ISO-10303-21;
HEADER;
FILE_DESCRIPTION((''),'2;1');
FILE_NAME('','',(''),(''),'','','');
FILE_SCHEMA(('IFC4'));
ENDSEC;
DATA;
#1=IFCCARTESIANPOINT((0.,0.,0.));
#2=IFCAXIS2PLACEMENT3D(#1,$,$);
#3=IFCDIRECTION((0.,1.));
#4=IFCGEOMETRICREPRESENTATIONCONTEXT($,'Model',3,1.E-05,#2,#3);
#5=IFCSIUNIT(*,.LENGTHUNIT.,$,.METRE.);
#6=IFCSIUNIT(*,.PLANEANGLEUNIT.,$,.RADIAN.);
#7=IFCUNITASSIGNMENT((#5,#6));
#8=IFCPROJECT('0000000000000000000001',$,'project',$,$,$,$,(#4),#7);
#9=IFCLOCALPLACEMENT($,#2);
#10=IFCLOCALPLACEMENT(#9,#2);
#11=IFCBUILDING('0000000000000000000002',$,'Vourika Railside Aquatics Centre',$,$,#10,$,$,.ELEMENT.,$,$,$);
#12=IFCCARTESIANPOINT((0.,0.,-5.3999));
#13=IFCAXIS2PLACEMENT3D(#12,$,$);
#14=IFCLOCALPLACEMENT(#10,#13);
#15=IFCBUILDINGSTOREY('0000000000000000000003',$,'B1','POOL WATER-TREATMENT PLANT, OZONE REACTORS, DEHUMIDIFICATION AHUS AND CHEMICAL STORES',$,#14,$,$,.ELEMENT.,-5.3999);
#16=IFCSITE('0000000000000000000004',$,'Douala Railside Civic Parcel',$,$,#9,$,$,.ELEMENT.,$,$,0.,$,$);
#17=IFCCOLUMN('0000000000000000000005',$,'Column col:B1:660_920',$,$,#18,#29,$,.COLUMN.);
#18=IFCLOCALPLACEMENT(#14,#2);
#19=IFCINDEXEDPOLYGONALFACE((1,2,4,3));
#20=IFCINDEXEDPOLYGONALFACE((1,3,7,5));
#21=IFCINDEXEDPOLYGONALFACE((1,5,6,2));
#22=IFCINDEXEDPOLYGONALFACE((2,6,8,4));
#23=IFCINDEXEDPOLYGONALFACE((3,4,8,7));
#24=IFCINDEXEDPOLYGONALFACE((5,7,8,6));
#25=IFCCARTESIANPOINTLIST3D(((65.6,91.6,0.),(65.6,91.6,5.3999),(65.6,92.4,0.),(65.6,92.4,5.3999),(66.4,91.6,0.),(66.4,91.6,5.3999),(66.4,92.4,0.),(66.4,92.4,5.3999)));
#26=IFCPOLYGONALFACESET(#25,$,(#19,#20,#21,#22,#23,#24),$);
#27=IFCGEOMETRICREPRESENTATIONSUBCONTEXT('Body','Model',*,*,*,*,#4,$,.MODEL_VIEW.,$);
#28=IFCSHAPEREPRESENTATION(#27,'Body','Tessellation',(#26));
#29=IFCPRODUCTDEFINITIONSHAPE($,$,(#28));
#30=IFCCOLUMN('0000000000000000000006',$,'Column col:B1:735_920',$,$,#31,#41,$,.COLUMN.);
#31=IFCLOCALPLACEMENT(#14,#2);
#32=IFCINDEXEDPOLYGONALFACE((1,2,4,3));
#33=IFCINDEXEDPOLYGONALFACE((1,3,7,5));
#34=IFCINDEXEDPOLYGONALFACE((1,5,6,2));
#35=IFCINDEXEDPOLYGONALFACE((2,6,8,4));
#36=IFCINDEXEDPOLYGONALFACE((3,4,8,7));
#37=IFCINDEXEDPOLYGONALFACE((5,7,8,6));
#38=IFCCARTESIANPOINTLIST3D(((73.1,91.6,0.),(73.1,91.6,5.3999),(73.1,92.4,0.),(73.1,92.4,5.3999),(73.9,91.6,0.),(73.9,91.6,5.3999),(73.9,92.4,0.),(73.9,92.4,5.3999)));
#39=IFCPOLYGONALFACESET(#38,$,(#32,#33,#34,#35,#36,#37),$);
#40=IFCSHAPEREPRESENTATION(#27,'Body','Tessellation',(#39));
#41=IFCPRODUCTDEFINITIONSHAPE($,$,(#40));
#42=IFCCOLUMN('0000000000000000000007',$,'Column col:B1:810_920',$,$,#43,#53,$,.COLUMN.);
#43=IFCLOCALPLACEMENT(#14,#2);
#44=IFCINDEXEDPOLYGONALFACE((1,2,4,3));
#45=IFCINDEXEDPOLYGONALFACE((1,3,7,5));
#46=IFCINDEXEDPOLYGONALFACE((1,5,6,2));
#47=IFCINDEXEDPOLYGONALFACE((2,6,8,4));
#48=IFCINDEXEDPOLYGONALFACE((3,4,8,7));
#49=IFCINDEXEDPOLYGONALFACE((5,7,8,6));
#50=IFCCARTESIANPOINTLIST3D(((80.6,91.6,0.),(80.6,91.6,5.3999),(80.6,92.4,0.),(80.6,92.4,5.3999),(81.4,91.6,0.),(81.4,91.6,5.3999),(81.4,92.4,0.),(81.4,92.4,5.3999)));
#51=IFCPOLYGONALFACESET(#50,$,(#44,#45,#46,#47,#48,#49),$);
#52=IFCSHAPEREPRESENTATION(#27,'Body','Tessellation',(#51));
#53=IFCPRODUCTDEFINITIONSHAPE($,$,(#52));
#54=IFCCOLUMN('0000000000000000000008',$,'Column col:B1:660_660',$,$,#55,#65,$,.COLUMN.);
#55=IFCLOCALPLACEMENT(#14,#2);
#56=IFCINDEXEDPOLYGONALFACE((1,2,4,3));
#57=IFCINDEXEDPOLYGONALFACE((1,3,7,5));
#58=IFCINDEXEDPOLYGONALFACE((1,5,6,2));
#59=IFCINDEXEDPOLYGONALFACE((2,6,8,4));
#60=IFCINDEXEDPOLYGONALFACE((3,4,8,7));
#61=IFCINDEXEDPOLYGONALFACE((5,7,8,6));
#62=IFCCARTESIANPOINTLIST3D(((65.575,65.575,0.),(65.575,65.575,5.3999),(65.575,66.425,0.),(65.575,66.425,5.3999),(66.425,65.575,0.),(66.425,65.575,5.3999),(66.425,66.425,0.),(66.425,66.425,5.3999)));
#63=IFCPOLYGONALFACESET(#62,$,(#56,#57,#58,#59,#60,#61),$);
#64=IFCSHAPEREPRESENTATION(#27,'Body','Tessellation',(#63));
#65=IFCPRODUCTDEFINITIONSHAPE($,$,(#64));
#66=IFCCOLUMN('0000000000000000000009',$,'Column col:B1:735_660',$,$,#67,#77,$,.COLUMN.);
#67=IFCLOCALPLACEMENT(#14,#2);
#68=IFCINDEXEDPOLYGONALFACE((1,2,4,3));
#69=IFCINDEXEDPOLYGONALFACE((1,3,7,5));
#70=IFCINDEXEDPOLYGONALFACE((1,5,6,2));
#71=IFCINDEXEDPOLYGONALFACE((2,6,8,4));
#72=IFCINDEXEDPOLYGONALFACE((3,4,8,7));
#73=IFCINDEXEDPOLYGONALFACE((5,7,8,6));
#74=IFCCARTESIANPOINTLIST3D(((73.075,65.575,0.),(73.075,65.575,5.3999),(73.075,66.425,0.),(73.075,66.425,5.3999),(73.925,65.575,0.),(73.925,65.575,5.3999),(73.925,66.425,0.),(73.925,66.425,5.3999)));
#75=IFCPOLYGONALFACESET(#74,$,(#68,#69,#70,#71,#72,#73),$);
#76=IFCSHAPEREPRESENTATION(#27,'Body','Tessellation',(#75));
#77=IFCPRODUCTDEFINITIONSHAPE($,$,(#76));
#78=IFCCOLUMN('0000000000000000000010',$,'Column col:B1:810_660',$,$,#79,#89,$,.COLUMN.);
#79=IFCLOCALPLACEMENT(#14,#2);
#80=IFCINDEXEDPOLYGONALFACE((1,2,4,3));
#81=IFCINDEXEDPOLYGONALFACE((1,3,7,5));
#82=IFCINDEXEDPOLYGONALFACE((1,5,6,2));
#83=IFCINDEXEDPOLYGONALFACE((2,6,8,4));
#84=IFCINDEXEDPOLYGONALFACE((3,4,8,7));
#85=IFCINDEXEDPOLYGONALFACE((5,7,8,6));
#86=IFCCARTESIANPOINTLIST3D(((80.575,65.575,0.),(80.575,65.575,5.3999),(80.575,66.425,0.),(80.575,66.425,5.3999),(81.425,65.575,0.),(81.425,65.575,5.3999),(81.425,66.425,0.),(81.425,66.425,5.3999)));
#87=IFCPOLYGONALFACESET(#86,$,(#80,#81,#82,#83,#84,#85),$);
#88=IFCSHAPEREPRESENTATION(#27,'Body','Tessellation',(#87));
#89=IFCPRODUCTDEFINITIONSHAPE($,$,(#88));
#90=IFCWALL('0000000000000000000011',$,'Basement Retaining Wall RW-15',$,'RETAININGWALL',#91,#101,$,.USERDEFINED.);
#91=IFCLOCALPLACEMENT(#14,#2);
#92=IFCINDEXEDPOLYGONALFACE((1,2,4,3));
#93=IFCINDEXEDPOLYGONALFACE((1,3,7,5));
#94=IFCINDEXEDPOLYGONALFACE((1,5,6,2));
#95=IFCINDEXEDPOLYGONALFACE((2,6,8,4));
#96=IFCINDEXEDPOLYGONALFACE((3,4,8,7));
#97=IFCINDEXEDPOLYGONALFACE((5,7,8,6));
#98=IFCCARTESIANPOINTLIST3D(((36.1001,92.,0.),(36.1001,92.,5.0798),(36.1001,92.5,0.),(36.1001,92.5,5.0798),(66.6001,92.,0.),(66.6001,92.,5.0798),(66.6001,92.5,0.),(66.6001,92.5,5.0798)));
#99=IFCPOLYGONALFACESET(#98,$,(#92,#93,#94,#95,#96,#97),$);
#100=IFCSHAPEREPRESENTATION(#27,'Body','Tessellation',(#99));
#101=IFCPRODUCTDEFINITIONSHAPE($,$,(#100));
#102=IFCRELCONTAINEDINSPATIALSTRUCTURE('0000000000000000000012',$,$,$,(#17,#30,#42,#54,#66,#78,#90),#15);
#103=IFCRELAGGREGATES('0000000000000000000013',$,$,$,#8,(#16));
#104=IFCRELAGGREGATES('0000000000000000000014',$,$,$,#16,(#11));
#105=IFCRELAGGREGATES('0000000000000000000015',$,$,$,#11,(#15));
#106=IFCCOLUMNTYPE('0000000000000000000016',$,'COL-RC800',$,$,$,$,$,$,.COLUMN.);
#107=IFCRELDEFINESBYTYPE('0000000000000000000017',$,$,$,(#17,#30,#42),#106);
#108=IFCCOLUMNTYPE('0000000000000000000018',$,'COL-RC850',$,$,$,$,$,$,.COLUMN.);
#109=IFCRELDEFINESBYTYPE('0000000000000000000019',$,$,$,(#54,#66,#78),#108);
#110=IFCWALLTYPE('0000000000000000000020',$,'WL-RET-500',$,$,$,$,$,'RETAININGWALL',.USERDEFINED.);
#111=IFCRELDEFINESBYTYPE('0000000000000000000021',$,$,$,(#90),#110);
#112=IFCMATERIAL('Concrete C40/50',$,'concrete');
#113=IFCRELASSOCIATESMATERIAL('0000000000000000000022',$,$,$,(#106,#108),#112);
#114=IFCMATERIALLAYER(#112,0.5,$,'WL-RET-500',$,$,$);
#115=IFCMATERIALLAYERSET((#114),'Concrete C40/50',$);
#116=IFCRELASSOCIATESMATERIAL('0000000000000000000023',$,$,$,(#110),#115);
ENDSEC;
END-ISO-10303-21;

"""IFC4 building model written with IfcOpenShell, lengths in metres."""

from ifc_helpers import new_model, si_unit, direction, frame, frame_2d, origin, origin_2d, place, context, subcontext, project, spatial, rectangle, extrude, material, layer, layer_set, material_profile, profile_set, type_object, element, save


model = new_model("IFC4")

# Units and contexts
model_context = context("Model", 3, precision=1e-05, world=origin(), true_north=direction((0.0, 1.0)))
body_context = subcontext(model_context, "Body", "Model", "MODEL_VIEW")
ifc_project = project(units=[si_unit("LENGTHUNIT", "METRE"), si_unit("PLANEANGLEUNIT", "RADIAN")], contexts=[model_context])

# Site, building, storey
site_placement = place(None, origin())
site = spatial("IfcSite", under=ifc_project, at=site_placement, Name="Douala Railside Civic Parcel", CompositionType="ELEMENT", RefElevation=0.0)
building_placement = place(site_placement, origin())
building = spatial("IfcBuilding", under=site, at=building_placement, Name="Vourika Railside Aquatics Centre", CompositionType="ELEMENT")
storey_placement = place(building_placement, frame((0.0, 0.0, -5.3999)))
storey = spatial("IfcBuildingStorey", under=building, at=storey_placement, Name="B1", Description="POOL WATER-TREATMENT PLANT, OZONE REACTORS, DEHUMIDIFICATION AHUS AND CHEMICAL STORES", CompositionType="ELEMENT", Elevation=-5.3999)

# Shared definitions
ifc_material_1 = material(Name="Concrete C40/50", Category="concrete")

# Columns
ifc_material_profile_1 = material_profile(ifc_material_1, rectangle(XDim=0.8, YDim=0.8, at=origin_2d()), Name="RC 800x800")
ifc_profile_set_1 = profile_set([ifc_material_profile_1], Name="Concrete C40/50")
column_type_1 = type_object("IfcColumnType", Name="COL-RC800", PredefinedType="COLUMN", material=ifc_profile_set_1)
for number, where, z_axis, x_axis, name in (
    (1, (66.0, 92.0, 0.0), (0.0, 0.0, 1.0), (1.0, 0.0, 0.0), "Column col:B1:660_920"),
    (2, (73.5, 92.0, 0.0), (0.0, 0.0, 1.0), (1.0, 0.0, 0.0), "Column col:B1:735_920"),
    (3, (81.0, 92.0, 0.0), (0.0, 0.0, 1.0), (1.0, 0.0, 0.0), "Column col:B1:810_920"),
):
    element("IfcColumn", number, at=place(storey_placement, frame(where, z_axis=z_axis, x_axis=x_axis)), inside=storey, type_object=column_type_1, Name=name, PredefinedType="COLUMN", context=body_context, shape_type="SweptSolid", body=[
        extrude(rectangle(XDim=0.8, YDim=0.8, at=origin_2d()), origin(), (0.0, 0.0, 1.0), 5.3999),
    ])
ifc_material_profile_2 = material_profile(ifc_material_1, rectangle(XDim=0.8501, YDim=0.8501, at=origin_2d()), Name="RC 850x850")
ifc_profile_set_2 = profile_set([ifc_material_profile_2], Name="Concrete C40/50")
column_type_2 = type_object("IfcColumnType", Name="COL-RC850", PredefinedType="COLUMN", material=ifc_profile_set_2)
for number, where, z_axis, x_axis, name in (
    (4, (66.0, 66.0, 0.0), (0.0, 0.0, 1.0), (1.0, 0.0, 0.0), "Column col:B1:660_660"),
    (5, (73.5, 66.0, 0.0), (0.0, 0.0, 1.0), (1.0, 0.0, 0.0), "Column col:B1:735_660"),
    (6, (81.0, 66.0, 0.0), (0.0, 0.0, 1.0), (1.0, 0.0, 0.0), "Column col:B1:810_660"),
):
    element("IfcColumn", number, at=place(storey_placement, frame(where, z_axis=z_axis, x_axis=x_axis)), inside=storey, type_object=column_type_2, Name=name, PredefinedType="COLUMN", context=body_context, shape_type="SweptSolid", body=[
        extrude(rectangle(XDim=0.8501, YDim=0.8501, at=origin_2d()), origin(), (0.0, 0.0, 1.0), 5.3999),
    ])

# Wall
ifc_layer = layer(ifc_material_1, 0.5, Name="WL-RET-500")
ifc_layer_set = layer_set([ifc_layer], Name="Concrete C40/50")
wall_type = type_object("IfcWallType", Name="WL-RET-500", ElementType="RETAININGWALL", PredefinedType="USERDEFINED", material=ifc_layer_set)
wall_placement = place(storey_placement, frame((66.6001, 92.25, 0.0), z_axis=(0.0, 0.0, 1.0), x_axis=(-1.0, 0.0, 0.0)))
element("IfcWall", 7, at=wall_placement, inside=storey, type_object=wall_type, Name="Basement Retaining Wall RW-15", ObjectType="RETAININGWALL", PredefinedType="USERDEFINED", context=body_context, shape_type="SweptSolid", body=[
    extrude(rectangle(XDim=30.5, YDim=0.5, at=frame_2d((15.25, 0.0))), origin(), (0.0, 0.0, 1.0), 5.0798),
])

save(model, "model.ifc")
